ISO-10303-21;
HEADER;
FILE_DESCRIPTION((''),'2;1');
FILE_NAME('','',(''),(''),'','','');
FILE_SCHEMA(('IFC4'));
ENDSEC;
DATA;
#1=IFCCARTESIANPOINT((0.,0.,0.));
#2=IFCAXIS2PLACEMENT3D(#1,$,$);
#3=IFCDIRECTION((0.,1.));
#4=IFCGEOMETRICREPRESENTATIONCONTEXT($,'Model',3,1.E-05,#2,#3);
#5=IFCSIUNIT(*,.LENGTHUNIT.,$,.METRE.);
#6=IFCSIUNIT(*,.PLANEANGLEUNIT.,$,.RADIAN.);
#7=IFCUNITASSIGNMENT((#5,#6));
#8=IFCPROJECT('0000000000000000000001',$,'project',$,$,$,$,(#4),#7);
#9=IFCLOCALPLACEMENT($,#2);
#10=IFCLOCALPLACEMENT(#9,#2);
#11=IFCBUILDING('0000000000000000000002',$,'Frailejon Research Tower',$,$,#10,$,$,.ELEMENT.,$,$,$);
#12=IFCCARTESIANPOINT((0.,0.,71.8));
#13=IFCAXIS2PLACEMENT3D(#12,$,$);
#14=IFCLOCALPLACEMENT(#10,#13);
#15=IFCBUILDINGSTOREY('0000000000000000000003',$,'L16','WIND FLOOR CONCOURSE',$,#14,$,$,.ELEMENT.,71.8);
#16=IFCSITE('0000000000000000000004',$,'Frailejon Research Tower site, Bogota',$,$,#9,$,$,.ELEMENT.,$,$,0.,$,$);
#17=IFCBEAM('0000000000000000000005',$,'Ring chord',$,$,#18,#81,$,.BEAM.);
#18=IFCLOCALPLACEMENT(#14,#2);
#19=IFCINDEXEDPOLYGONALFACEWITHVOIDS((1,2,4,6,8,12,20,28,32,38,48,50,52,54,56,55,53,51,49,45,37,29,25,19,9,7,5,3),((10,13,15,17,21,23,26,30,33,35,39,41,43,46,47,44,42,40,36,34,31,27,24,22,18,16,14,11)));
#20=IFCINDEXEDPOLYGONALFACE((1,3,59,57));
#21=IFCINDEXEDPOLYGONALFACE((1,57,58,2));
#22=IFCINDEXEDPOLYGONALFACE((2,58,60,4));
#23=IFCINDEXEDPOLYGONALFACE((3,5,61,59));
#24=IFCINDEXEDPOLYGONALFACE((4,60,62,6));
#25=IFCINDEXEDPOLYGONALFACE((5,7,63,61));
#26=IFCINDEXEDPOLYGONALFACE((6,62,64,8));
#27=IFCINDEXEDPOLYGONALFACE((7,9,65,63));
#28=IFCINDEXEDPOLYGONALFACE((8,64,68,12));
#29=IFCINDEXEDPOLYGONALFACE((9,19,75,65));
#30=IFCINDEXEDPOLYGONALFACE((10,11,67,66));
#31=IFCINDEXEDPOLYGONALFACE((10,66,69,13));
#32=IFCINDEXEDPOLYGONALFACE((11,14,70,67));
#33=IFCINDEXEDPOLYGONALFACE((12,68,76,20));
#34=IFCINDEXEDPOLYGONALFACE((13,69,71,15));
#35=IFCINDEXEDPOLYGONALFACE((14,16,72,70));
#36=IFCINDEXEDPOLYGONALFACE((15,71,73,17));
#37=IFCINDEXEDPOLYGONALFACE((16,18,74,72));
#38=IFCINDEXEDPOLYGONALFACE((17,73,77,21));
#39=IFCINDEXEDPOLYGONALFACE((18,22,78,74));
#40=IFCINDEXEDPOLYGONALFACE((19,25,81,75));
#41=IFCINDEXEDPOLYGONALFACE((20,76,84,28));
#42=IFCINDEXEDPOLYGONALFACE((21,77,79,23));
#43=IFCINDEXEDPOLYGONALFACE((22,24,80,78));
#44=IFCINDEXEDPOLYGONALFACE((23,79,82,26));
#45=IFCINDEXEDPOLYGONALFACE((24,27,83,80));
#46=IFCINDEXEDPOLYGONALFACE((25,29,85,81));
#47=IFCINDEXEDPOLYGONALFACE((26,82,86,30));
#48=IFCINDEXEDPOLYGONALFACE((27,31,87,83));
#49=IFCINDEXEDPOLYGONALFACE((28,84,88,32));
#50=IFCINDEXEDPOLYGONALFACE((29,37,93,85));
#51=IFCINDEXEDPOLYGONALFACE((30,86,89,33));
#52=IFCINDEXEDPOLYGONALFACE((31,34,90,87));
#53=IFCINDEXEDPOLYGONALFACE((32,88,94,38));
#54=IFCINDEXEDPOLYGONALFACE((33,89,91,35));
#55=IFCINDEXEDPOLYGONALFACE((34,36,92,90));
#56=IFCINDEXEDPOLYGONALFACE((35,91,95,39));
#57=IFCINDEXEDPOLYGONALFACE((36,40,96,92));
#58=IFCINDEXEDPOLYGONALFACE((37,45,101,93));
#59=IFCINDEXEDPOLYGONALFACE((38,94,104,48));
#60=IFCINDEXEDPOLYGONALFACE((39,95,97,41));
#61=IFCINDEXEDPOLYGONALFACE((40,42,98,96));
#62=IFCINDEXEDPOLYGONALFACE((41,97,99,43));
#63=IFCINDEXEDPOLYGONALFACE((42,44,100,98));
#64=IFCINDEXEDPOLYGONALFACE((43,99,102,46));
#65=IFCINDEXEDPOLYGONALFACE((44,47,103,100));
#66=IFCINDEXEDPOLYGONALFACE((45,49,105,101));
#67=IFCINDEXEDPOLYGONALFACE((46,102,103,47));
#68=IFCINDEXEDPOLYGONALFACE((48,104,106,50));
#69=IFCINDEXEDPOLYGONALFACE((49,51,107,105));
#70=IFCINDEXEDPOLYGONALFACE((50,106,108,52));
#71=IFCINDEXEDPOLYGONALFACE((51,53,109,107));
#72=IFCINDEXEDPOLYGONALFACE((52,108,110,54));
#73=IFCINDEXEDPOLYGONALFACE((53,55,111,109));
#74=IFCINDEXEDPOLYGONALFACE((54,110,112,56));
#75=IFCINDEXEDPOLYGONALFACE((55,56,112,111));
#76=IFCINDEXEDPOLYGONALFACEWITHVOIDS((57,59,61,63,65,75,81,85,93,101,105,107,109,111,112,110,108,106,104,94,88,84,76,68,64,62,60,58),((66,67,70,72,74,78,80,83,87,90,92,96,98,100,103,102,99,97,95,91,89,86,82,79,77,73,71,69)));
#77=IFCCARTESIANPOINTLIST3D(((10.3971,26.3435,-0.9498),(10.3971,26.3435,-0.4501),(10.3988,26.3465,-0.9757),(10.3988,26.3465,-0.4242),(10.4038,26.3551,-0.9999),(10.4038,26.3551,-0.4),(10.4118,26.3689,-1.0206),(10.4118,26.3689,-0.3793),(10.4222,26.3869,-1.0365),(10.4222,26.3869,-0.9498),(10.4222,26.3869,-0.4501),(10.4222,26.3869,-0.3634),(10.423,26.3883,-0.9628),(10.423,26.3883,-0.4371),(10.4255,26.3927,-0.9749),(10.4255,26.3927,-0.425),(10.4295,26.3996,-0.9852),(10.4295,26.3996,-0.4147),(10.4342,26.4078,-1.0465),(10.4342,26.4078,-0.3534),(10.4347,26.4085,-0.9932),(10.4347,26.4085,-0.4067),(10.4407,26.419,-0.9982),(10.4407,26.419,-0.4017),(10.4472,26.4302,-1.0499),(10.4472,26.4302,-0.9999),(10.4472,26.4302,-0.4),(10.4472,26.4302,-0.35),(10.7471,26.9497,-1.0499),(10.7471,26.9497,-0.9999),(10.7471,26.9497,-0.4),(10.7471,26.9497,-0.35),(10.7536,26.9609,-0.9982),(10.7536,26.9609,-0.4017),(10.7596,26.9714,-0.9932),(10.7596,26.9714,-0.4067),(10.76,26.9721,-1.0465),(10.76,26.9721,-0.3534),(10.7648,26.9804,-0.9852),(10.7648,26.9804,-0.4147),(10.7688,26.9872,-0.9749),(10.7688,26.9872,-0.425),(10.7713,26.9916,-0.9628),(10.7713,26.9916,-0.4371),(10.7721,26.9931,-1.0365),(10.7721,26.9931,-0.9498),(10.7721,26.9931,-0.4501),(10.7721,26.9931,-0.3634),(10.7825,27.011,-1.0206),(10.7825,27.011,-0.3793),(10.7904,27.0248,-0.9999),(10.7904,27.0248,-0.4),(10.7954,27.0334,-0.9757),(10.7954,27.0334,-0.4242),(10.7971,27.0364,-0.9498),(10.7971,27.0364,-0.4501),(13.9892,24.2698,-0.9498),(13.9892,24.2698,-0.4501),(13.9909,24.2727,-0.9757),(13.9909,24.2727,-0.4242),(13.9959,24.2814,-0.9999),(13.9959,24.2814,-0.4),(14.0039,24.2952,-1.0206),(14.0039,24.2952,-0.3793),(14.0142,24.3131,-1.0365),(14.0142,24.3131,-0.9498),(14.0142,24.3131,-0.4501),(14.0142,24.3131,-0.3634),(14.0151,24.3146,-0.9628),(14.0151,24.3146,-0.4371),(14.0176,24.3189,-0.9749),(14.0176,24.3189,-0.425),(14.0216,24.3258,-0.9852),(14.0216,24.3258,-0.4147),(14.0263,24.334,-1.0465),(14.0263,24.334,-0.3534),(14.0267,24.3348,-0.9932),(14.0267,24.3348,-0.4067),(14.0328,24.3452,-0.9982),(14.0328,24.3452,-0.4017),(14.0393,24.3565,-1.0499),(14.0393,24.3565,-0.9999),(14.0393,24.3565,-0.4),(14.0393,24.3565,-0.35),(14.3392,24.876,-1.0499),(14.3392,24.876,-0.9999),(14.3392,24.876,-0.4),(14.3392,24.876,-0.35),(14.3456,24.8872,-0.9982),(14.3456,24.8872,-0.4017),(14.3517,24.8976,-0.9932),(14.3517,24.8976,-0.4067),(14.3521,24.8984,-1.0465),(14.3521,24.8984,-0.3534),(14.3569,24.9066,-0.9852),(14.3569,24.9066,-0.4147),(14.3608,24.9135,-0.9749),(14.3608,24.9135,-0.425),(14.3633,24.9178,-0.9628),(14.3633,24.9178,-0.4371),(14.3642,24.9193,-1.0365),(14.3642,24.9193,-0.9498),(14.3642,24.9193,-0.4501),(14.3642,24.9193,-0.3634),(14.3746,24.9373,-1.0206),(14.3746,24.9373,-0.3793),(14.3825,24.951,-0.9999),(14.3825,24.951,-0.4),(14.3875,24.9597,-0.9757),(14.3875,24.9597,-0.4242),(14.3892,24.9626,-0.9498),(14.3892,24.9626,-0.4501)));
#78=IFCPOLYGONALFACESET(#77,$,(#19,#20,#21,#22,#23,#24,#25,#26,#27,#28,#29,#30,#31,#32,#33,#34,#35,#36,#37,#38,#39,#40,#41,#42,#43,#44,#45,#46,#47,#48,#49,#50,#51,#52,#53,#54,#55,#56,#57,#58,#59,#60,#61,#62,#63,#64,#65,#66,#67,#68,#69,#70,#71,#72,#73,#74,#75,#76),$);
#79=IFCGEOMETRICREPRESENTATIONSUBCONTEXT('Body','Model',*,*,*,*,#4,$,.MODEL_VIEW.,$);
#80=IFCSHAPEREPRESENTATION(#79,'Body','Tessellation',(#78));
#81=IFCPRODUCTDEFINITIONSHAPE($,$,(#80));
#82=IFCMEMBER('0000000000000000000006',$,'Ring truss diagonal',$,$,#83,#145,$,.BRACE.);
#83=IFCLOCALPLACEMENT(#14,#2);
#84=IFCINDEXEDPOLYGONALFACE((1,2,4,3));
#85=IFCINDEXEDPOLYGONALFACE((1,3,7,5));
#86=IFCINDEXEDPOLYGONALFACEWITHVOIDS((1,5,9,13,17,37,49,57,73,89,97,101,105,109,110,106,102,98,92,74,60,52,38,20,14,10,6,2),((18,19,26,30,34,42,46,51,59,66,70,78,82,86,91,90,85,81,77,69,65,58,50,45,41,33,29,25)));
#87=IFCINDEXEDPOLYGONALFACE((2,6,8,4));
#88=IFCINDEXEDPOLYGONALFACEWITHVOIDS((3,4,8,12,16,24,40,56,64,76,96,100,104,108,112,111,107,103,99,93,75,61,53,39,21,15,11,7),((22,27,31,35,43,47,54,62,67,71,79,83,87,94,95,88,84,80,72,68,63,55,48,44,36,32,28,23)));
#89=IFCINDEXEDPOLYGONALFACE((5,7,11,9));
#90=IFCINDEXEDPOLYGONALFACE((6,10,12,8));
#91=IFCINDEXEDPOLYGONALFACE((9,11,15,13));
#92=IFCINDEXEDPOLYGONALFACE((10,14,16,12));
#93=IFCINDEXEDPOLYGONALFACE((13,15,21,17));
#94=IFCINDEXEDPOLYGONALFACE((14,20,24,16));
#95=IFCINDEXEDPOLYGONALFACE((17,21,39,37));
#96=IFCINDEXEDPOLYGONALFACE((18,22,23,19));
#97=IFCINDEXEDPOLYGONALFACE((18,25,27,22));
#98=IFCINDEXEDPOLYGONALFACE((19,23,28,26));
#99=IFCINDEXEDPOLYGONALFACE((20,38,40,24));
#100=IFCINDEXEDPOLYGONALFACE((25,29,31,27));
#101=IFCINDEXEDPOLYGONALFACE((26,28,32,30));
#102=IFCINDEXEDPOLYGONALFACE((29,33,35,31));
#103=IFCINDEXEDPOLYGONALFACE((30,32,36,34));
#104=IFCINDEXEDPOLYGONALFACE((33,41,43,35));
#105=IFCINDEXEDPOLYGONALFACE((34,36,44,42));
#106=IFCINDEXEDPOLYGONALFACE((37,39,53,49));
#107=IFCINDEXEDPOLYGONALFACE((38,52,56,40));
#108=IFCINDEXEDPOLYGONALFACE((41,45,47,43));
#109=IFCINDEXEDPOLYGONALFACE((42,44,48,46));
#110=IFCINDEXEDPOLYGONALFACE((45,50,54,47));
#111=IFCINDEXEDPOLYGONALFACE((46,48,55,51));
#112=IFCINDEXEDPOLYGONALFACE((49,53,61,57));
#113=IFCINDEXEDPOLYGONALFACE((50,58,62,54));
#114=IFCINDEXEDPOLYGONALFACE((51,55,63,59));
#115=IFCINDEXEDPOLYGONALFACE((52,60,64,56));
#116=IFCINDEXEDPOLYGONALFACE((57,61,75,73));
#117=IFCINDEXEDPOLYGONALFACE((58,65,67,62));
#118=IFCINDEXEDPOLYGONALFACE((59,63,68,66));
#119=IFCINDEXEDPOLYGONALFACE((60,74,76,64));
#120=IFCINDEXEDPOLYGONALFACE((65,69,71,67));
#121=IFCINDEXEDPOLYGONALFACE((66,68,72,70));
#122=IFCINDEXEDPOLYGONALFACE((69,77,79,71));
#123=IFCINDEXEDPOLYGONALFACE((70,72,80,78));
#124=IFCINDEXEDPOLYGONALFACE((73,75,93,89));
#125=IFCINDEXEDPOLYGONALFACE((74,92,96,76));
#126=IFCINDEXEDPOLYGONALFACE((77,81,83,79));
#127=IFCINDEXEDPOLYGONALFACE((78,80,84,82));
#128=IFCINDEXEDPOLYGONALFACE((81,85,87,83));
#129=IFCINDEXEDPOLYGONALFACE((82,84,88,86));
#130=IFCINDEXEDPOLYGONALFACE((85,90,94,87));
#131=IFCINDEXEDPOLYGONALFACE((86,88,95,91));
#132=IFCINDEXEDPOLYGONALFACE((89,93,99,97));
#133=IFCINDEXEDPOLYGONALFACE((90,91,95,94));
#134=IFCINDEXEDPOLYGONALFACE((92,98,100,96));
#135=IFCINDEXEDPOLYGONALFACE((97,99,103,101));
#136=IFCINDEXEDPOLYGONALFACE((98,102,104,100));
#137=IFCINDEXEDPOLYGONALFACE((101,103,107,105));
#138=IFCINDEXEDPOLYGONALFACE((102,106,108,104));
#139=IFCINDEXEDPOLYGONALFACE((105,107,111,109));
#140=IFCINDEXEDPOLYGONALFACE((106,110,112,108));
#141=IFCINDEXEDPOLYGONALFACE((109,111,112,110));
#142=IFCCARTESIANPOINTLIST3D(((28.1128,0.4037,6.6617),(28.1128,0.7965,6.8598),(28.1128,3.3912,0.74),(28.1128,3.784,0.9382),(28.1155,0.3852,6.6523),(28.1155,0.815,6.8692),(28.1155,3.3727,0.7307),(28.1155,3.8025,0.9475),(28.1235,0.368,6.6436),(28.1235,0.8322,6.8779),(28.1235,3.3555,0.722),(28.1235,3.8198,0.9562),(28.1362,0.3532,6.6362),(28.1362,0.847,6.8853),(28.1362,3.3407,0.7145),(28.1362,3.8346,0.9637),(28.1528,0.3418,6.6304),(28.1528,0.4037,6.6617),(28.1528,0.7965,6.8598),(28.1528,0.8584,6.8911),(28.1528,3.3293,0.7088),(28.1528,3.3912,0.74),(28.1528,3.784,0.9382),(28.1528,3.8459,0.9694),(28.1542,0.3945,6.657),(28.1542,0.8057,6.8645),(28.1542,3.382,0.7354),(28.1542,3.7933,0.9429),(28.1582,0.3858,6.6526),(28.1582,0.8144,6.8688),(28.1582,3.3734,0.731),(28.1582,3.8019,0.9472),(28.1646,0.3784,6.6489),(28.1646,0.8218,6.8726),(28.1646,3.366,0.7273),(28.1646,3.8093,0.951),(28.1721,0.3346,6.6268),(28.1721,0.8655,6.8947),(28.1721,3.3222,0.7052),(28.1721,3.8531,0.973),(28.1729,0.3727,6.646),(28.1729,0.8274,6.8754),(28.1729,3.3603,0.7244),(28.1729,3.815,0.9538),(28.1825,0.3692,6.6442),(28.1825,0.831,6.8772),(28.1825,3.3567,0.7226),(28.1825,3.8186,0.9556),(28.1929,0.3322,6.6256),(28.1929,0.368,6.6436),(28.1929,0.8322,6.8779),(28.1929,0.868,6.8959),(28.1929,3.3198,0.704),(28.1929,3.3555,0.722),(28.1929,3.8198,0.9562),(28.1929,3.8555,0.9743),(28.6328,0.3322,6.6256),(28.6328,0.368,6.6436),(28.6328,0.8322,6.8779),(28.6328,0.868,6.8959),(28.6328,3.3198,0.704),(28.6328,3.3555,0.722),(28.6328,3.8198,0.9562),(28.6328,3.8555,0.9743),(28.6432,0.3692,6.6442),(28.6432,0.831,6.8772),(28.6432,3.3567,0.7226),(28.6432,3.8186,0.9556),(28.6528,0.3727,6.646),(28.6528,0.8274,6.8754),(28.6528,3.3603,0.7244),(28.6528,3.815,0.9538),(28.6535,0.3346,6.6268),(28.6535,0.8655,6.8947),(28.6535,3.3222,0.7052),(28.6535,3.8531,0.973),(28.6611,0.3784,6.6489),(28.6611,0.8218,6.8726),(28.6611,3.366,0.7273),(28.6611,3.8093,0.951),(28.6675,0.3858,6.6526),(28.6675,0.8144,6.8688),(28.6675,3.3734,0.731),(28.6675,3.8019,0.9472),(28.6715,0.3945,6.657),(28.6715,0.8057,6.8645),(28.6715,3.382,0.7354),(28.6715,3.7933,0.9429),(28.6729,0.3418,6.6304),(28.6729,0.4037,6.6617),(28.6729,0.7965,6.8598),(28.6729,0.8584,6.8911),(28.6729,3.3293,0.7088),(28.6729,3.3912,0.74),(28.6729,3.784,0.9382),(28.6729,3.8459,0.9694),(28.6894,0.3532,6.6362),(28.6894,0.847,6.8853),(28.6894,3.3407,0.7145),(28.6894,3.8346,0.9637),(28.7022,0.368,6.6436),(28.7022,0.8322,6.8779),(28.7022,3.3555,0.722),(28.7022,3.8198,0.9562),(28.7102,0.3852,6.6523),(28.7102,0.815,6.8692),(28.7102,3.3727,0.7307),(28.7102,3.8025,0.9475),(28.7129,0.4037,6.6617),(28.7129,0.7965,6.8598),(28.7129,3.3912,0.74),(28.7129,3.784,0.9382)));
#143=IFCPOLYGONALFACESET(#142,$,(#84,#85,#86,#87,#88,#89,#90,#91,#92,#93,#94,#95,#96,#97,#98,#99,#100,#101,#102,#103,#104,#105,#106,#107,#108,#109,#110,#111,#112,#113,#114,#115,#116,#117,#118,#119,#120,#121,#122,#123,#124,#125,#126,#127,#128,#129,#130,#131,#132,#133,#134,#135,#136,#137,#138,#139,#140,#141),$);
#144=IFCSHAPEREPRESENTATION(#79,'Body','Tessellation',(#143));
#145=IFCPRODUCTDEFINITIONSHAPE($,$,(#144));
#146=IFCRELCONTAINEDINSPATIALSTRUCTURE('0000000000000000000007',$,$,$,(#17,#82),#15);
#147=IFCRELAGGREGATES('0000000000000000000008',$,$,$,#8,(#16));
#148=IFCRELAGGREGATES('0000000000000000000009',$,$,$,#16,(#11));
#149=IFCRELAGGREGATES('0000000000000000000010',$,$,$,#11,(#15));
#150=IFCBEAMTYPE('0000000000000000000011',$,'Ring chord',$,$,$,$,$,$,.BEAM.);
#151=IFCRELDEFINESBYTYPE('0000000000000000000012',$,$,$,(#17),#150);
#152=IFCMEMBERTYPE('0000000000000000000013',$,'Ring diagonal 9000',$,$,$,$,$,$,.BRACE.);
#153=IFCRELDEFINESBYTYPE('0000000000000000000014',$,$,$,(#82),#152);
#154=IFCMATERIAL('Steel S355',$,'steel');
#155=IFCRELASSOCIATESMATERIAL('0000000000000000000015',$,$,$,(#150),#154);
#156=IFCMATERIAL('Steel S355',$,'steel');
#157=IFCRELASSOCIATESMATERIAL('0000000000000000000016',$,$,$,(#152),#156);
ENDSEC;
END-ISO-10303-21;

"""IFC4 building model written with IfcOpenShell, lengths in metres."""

from ifc_helpers import new_model, si_unit, direction, frame, origin, origin_2d, place, context, subcontext, project, spatial, hollow_rectangle, extrude, material, material_profile, profile_set, type_object, element, save


model = new_model("IFC4")

# Units and contexts
model_context = context("Model", 3, precision=1e-05, world=origin(), true_north=direction((0.0, 1.0)))
body_context = subcontext(model_context, "Body", "Model", "MODEL_VIEW")
ifc_project = project(units=[si_unit("LENGTHUNIT", "METRE"), si_unit("PLANEANGLEUNIT", "RADIAN")], contexts=[model_context])

# Site, building, storey
site_placement = place(None, origin())
site = spatial("IfcSite", under=ifc_project, at=site_placement, Name="Frailejon Research Tower site, Bogota", CompositionType="ELEMENT", RefElevation=0.0)
building_placement = place(site_placement, origin())
building = spatial("IfcBuilding", under=site, at=building_placement, Name="Frailejon Research Tower", CompositionType="ELEMENT")
storey_placement = place(building_placement, frame((0.0, 0.0, 71.8)))
storey = spatial("IfcBuildingStorey", under=building, at=storey_placement, Name="L16", Description="WIND FLOOR CONCOURSE", CompositionType="ELEMENT", Elevation=71.8)

# Beam
ifc_material_1 = material(Name="Steel S355", Category="steel")
ifc_material_profile_1 = material_profile(ifc_material_1, hollow_rectangle(XDim=0.8, YDim=0.7, WallThickness=0.05, InnerFilletRadius=0.05, OuterFilletRadius=0.1001, at=origin_2d()), Name="Ring chord")
ifc_profile_set_1 = profile_set([ifc_material_profile_1], Name="Steel S355")
beam_type_1 = type_object("IfcBeamType", Name="Ring chord", PredefinedType="BEAM", material=ifc_profile_set_1)
for number, where, z_axis, x_axis, name in (
    (1, (14.1892, 24.6162, -0.7), (-0.86604, 0.499976, 0.0), (-0.499976, -0.86604, 0.0), "Ring chord"),
):
    element("IfcBeam", number, at=place(storey_placement, frame(where, z_axis=z_axis, x_axis=x_axis)), inside=storey, type_object=beam_type_1, Name=name, PredefinedType="BEAM", context=body_context, shape_type="SweptSolid", body=[
        extrude(hollow_rectangle(XDim=0.8, YDim=0.7, WallThickness=0.05, InnerFilletRadius=0.05, OuterFilletRadius=0.1001, at=origin_2d()), origin(), (0.0, 0.0, 1.0), 4.1477),
    ])

# Member
ifc_material_2 = material(Name="Steel S355", Category="steel")
ifc_material_profile_2 = material_profile(ifc_material_2, hollow_rectangle(XDim=0.6001, YDim=0.6001, WallThickness=0.04, InnerFilletRadius=0.04, OuterFilletRadius=0.0801, at=origin_2d()), Name="Ring diagonal 9000")
ifc_profile_set_2 = profile_set([ifc_material_profile_2], Name="Steel S355")
member_type = type_object("IfcMemberType", Name="Ring diagonal 9000", PredefinedType="BRACE", material=ifc_profile_set_2)
member_1_placement = place(storey_placement, frame((28.4128, 0.6001, 6.7607), z_axis=(0.0, 0.450435, -0.892809), x_axis=(-1.0, 0.0, 0.0)))
element("IfcMember", 2, at=member_1_placement, inside=storey, type_object=member_type, Name="Ring truss diagonal", PredefinedType="BRACE", context=body_context, shape_type="SweptSolid", body=[
    extrude(hollow_rectangle(XDim=0.6001, YDim=0.6001, WallThickness=0.04, InnerFilletRadius=0.04, OuterFilletRadius=0.0801, at=origin_2d()), origin(), (0.0, 0.0, 1.0), 6.6326),
])

save(model, "model.ifc")
